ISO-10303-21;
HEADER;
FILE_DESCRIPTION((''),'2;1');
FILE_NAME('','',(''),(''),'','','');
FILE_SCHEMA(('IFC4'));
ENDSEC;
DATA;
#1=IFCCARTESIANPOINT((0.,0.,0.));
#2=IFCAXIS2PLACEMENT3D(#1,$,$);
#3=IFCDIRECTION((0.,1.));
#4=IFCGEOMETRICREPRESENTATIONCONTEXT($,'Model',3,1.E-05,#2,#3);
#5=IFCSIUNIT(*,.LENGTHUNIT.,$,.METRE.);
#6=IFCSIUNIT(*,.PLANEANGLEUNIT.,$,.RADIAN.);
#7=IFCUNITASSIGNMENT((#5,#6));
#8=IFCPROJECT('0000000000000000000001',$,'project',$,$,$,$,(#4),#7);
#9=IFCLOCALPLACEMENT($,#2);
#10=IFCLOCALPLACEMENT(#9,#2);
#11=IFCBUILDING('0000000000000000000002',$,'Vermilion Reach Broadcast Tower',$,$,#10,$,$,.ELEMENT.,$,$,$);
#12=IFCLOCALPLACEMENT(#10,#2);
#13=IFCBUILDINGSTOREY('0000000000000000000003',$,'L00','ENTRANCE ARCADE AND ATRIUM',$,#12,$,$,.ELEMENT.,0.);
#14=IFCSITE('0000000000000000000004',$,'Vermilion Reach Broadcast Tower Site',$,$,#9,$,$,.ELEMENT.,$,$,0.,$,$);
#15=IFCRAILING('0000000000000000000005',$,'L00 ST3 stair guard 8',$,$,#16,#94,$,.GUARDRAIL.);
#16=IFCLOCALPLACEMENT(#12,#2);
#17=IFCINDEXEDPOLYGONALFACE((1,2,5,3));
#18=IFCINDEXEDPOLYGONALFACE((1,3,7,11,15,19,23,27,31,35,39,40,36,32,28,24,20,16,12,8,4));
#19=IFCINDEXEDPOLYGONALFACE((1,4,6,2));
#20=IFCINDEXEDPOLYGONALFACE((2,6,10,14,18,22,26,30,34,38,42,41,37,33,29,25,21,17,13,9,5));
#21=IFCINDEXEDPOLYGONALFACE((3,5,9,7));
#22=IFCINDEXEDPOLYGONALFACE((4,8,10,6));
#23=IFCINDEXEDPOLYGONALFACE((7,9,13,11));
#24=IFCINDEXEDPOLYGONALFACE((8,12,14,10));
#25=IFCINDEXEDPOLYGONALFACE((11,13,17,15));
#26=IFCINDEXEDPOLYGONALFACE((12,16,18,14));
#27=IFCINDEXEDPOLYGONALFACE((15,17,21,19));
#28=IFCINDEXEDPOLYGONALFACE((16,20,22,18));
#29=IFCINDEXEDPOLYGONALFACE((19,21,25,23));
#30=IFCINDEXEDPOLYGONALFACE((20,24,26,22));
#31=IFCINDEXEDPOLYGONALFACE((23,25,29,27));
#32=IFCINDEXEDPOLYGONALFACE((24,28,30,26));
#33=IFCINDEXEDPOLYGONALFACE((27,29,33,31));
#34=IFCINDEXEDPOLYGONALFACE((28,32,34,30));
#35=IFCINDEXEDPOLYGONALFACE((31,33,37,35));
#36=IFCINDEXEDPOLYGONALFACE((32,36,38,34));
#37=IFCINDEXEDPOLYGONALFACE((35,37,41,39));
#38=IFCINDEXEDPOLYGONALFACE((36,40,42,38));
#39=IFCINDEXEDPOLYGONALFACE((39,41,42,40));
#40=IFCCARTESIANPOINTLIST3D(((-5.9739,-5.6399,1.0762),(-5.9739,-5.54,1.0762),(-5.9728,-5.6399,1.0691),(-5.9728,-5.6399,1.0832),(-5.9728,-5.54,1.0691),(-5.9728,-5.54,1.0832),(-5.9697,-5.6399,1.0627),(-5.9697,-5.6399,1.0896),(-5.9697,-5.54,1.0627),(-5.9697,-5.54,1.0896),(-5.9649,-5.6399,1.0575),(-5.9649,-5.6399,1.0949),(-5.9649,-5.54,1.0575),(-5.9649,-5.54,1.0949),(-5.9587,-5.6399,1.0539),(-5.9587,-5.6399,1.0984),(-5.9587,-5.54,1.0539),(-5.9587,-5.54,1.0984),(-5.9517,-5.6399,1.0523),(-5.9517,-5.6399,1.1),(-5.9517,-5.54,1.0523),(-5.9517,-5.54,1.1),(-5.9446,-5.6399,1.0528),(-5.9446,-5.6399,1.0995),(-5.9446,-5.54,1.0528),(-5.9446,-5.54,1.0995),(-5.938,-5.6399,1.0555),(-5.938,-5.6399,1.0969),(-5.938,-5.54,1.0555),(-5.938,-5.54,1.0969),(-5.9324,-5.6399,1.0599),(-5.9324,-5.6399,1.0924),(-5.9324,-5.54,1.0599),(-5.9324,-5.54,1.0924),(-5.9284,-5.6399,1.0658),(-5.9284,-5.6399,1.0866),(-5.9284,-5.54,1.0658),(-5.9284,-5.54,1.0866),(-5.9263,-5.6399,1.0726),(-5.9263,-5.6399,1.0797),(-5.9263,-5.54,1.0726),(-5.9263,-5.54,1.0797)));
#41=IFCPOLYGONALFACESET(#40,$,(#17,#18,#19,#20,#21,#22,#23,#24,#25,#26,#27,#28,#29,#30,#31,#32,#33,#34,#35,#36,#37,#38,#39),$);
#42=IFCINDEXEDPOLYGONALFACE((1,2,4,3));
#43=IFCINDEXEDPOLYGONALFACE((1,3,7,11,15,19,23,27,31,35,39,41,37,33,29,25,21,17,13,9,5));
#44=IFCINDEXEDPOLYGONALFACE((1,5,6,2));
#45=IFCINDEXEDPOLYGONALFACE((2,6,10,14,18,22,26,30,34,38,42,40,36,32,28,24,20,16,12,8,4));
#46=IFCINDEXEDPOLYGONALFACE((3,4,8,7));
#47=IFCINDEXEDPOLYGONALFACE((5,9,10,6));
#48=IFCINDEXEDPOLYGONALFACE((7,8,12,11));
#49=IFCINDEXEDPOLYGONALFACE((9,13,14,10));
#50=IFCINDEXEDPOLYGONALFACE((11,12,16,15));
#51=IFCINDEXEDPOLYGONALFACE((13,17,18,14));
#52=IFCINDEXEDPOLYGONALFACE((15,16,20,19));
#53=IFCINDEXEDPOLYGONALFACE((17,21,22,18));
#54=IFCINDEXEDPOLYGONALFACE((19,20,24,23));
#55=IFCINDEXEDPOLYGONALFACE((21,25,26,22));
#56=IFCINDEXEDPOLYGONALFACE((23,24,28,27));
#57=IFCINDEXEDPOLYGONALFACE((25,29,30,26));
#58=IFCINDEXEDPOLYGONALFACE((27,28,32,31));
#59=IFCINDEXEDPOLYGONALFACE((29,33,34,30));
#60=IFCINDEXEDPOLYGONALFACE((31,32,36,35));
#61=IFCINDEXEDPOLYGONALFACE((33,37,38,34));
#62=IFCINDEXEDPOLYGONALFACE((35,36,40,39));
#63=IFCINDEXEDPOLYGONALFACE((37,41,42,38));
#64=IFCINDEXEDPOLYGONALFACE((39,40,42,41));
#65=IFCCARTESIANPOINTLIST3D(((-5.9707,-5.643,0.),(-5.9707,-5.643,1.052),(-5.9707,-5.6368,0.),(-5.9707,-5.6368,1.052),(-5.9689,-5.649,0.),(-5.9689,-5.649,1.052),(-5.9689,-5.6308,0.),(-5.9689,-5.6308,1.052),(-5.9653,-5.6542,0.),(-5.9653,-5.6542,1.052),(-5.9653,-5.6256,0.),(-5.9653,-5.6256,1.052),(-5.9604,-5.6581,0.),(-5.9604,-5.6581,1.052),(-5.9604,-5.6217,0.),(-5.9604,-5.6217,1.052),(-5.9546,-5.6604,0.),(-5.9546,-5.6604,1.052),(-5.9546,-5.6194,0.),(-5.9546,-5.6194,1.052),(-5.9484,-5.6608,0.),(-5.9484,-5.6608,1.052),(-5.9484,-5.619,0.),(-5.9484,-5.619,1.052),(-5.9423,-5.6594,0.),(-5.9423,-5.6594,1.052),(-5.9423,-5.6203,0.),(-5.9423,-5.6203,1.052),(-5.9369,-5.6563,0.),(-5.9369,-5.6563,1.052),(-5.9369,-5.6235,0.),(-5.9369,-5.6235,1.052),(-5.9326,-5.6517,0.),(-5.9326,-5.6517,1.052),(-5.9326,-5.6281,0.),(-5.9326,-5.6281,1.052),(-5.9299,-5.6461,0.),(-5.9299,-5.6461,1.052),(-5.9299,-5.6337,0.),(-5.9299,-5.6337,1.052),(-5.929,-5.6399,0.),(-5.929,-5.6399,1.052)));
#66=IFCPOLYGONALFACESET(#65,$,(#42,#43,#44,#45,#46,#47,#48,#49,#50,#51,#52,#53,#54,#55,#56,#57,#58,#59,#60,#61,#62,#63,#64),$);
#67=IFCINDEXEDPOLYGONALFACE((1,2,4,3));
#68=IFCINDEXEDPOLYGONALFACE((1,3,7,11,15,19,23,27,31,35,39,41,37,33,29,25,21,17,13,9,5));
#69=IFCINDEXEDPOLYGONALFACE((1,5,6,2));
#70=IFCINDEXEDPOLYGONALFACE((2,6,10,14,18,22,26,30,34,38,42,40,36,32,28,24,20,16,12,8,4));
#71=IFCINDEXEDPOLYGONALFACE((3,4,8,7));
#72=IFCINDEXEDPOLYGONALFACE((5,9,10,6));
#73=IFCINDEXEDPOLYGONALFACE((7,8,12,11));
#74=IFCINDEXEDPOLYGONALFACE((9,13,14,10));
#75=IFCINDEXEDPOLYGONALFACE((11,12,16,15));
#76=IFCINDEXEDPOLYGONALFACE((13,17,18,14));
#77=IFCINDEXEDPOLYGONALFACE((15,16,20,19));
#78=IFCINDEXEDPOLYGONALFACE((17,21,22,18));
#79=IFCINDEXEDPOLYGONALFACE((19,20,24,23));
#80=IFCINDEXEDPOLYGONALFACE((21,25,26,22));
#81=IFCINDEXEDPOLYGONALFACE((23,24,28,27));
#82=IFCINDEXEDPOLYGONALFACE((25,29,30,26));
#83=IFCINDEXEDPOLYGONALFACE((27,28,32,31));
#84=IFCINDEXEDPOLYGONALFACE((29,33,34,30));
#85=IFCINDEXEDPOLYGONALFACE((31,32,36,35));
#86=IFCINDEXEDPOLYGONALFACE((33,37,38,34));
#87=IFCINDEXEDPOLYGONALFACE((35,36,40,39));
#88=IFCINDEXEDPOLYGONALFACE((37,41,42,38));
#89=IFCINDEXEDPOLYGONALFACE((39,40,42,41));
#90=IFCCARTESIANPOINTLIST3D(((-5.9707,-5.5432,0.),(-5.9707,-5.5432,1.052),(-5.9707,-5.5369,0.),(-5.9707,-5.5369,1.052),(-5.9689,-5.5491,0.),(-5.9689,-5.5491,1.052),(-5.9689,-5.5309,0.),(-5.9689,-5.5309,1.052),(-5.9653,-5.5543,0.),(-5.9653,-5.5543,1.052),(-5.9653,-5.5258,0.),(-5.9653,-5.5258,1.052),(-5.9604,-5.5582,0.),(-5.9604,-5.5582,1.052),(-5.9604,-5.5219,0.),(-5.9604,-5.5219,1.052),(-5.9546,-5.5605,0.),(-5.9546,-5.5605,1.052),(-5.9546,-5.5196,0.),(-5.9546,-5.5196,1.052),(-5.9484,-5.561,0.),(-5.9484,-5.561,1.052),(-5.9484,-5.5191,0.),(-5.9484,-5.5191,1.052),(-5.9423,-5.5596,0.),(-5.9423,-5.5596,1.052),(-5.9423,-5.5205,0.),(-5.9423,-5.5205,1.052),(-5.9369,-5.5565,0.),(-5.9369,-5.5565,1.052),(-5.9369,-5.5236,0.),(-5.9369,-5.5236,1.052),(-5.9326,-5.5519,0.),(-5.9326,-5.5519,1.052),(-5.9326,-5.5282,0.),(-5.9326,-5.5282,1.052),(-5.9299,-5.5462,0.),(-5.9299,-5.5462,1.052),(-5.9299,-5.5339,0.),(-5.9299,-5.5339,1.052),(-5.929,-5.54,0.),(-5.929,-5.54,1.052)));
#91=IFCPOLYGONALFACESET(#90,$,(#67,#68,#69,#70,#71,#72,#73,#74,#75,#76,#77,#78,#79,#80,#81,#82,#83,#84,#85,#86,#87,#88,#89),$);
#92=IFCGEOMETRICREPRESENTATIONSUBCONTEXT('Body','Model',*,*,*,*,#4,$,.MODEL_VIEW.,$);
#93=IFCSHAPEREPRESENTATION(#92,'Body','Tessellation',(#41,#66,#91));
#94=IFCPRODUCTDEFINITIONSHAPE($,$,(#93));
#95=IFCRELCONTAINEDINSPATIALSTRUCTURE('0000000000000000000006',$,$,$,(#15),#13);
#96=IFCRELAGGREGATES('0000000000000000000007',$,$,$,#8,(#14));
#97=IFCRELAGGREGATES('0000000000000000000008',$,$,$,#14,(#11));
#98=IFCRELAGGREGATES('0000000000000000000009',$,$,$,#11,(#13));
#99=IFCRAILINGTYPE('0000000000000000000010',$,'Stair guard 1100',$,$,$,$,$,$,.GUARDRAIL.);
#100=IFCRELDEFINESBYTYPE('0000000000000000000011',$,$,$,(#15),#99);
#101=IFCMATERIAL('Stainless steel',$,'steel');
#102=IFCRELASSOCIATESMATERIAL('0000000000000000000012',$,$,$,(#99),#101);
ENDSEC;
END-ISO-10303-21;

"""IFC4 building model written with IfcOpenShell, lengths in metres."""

from ifc_helpers import new_model, si_unit, direction, frame, origin, origin_2d, place, context, subcontext, project, spatial, circle, extrude, material, type_object, element, save


model = new_model("IFC4")

# Units and contexts
model_context = context("Model", 3, precision=1e-05, world=origin(), true_north=direction((0.0, 1.0)))
body_context = subcontext(model_context, "Body", "Model", "MODEL_VIEW")
ifc_project = project(units=[si_unit("LENGTHUNIT", "METRE"), si_unit("PLANEANGLEUNIT", "RADIAN")], contexts=[model_context])

# Site, building, storey
site_placement = place(None, origin())
site = spatial("IfcSite", under=ifc_project, at=site_placement, Name="Vermilion Reach Broadcast Tower Site", CompositionType="ELEMENT", RefElevation=0.0)
building_placement = place(site_placement, origin())
building = spatial("IfcBuilding", under=site, at=building_placement, Name="Vermilion Reach Broadcast Tower", CompositionType="ELEMENT")
storey_placement = place(building_placement, origin())
storey = spatial("IfcBuildingStorey", under=building, at=storey_placement, Name="L00", Description="ENTRANCE ARCADE AND ATRIUM", CompositionType="ELEMENT", Elevation=0.0)

# Railing
ifc_material_1 = material(Name="Stainless steel", Category="steel")
railing_type_1 = type_object("IfcRailingType", Name="Stair guard 1100", PredefinedType="GUARDRAIL", material=ifc_material_1)
railing_1_placement = place(storey_placement, frame((-5.95, -5.6399, 0.0)))
element("IfcRailing", 1, at=railing_1_placement, inside=storey, type_object=railing_type_1, Name="L00 ST3 stair guard 8", PredefinedType="GUARDRAIL", context=body_context, shape_type="SweptSolid", body=[
    extrude(circle(Radius=0.0239, at=origin_2d()), frame((0.0, 0.0, 1.0762), z_axis=(0.0, 1.0, 0.0), x_axis=(-1.0, 0.0, 0.0)), (0.0, 0.0, 1.0), 0.0999),
    extrude(circle(Radius=0.021, at=origin_2d()), origin(), (0.0, 0.0, 1.0), 1.052),
    extrude(circle(Radius=0.021, at=origin_2d()), frame((0.0, 0.0999, 0.0)), (0.0, 0.0, 1.0), 1.052),
])

save(model, "model.ifc")
